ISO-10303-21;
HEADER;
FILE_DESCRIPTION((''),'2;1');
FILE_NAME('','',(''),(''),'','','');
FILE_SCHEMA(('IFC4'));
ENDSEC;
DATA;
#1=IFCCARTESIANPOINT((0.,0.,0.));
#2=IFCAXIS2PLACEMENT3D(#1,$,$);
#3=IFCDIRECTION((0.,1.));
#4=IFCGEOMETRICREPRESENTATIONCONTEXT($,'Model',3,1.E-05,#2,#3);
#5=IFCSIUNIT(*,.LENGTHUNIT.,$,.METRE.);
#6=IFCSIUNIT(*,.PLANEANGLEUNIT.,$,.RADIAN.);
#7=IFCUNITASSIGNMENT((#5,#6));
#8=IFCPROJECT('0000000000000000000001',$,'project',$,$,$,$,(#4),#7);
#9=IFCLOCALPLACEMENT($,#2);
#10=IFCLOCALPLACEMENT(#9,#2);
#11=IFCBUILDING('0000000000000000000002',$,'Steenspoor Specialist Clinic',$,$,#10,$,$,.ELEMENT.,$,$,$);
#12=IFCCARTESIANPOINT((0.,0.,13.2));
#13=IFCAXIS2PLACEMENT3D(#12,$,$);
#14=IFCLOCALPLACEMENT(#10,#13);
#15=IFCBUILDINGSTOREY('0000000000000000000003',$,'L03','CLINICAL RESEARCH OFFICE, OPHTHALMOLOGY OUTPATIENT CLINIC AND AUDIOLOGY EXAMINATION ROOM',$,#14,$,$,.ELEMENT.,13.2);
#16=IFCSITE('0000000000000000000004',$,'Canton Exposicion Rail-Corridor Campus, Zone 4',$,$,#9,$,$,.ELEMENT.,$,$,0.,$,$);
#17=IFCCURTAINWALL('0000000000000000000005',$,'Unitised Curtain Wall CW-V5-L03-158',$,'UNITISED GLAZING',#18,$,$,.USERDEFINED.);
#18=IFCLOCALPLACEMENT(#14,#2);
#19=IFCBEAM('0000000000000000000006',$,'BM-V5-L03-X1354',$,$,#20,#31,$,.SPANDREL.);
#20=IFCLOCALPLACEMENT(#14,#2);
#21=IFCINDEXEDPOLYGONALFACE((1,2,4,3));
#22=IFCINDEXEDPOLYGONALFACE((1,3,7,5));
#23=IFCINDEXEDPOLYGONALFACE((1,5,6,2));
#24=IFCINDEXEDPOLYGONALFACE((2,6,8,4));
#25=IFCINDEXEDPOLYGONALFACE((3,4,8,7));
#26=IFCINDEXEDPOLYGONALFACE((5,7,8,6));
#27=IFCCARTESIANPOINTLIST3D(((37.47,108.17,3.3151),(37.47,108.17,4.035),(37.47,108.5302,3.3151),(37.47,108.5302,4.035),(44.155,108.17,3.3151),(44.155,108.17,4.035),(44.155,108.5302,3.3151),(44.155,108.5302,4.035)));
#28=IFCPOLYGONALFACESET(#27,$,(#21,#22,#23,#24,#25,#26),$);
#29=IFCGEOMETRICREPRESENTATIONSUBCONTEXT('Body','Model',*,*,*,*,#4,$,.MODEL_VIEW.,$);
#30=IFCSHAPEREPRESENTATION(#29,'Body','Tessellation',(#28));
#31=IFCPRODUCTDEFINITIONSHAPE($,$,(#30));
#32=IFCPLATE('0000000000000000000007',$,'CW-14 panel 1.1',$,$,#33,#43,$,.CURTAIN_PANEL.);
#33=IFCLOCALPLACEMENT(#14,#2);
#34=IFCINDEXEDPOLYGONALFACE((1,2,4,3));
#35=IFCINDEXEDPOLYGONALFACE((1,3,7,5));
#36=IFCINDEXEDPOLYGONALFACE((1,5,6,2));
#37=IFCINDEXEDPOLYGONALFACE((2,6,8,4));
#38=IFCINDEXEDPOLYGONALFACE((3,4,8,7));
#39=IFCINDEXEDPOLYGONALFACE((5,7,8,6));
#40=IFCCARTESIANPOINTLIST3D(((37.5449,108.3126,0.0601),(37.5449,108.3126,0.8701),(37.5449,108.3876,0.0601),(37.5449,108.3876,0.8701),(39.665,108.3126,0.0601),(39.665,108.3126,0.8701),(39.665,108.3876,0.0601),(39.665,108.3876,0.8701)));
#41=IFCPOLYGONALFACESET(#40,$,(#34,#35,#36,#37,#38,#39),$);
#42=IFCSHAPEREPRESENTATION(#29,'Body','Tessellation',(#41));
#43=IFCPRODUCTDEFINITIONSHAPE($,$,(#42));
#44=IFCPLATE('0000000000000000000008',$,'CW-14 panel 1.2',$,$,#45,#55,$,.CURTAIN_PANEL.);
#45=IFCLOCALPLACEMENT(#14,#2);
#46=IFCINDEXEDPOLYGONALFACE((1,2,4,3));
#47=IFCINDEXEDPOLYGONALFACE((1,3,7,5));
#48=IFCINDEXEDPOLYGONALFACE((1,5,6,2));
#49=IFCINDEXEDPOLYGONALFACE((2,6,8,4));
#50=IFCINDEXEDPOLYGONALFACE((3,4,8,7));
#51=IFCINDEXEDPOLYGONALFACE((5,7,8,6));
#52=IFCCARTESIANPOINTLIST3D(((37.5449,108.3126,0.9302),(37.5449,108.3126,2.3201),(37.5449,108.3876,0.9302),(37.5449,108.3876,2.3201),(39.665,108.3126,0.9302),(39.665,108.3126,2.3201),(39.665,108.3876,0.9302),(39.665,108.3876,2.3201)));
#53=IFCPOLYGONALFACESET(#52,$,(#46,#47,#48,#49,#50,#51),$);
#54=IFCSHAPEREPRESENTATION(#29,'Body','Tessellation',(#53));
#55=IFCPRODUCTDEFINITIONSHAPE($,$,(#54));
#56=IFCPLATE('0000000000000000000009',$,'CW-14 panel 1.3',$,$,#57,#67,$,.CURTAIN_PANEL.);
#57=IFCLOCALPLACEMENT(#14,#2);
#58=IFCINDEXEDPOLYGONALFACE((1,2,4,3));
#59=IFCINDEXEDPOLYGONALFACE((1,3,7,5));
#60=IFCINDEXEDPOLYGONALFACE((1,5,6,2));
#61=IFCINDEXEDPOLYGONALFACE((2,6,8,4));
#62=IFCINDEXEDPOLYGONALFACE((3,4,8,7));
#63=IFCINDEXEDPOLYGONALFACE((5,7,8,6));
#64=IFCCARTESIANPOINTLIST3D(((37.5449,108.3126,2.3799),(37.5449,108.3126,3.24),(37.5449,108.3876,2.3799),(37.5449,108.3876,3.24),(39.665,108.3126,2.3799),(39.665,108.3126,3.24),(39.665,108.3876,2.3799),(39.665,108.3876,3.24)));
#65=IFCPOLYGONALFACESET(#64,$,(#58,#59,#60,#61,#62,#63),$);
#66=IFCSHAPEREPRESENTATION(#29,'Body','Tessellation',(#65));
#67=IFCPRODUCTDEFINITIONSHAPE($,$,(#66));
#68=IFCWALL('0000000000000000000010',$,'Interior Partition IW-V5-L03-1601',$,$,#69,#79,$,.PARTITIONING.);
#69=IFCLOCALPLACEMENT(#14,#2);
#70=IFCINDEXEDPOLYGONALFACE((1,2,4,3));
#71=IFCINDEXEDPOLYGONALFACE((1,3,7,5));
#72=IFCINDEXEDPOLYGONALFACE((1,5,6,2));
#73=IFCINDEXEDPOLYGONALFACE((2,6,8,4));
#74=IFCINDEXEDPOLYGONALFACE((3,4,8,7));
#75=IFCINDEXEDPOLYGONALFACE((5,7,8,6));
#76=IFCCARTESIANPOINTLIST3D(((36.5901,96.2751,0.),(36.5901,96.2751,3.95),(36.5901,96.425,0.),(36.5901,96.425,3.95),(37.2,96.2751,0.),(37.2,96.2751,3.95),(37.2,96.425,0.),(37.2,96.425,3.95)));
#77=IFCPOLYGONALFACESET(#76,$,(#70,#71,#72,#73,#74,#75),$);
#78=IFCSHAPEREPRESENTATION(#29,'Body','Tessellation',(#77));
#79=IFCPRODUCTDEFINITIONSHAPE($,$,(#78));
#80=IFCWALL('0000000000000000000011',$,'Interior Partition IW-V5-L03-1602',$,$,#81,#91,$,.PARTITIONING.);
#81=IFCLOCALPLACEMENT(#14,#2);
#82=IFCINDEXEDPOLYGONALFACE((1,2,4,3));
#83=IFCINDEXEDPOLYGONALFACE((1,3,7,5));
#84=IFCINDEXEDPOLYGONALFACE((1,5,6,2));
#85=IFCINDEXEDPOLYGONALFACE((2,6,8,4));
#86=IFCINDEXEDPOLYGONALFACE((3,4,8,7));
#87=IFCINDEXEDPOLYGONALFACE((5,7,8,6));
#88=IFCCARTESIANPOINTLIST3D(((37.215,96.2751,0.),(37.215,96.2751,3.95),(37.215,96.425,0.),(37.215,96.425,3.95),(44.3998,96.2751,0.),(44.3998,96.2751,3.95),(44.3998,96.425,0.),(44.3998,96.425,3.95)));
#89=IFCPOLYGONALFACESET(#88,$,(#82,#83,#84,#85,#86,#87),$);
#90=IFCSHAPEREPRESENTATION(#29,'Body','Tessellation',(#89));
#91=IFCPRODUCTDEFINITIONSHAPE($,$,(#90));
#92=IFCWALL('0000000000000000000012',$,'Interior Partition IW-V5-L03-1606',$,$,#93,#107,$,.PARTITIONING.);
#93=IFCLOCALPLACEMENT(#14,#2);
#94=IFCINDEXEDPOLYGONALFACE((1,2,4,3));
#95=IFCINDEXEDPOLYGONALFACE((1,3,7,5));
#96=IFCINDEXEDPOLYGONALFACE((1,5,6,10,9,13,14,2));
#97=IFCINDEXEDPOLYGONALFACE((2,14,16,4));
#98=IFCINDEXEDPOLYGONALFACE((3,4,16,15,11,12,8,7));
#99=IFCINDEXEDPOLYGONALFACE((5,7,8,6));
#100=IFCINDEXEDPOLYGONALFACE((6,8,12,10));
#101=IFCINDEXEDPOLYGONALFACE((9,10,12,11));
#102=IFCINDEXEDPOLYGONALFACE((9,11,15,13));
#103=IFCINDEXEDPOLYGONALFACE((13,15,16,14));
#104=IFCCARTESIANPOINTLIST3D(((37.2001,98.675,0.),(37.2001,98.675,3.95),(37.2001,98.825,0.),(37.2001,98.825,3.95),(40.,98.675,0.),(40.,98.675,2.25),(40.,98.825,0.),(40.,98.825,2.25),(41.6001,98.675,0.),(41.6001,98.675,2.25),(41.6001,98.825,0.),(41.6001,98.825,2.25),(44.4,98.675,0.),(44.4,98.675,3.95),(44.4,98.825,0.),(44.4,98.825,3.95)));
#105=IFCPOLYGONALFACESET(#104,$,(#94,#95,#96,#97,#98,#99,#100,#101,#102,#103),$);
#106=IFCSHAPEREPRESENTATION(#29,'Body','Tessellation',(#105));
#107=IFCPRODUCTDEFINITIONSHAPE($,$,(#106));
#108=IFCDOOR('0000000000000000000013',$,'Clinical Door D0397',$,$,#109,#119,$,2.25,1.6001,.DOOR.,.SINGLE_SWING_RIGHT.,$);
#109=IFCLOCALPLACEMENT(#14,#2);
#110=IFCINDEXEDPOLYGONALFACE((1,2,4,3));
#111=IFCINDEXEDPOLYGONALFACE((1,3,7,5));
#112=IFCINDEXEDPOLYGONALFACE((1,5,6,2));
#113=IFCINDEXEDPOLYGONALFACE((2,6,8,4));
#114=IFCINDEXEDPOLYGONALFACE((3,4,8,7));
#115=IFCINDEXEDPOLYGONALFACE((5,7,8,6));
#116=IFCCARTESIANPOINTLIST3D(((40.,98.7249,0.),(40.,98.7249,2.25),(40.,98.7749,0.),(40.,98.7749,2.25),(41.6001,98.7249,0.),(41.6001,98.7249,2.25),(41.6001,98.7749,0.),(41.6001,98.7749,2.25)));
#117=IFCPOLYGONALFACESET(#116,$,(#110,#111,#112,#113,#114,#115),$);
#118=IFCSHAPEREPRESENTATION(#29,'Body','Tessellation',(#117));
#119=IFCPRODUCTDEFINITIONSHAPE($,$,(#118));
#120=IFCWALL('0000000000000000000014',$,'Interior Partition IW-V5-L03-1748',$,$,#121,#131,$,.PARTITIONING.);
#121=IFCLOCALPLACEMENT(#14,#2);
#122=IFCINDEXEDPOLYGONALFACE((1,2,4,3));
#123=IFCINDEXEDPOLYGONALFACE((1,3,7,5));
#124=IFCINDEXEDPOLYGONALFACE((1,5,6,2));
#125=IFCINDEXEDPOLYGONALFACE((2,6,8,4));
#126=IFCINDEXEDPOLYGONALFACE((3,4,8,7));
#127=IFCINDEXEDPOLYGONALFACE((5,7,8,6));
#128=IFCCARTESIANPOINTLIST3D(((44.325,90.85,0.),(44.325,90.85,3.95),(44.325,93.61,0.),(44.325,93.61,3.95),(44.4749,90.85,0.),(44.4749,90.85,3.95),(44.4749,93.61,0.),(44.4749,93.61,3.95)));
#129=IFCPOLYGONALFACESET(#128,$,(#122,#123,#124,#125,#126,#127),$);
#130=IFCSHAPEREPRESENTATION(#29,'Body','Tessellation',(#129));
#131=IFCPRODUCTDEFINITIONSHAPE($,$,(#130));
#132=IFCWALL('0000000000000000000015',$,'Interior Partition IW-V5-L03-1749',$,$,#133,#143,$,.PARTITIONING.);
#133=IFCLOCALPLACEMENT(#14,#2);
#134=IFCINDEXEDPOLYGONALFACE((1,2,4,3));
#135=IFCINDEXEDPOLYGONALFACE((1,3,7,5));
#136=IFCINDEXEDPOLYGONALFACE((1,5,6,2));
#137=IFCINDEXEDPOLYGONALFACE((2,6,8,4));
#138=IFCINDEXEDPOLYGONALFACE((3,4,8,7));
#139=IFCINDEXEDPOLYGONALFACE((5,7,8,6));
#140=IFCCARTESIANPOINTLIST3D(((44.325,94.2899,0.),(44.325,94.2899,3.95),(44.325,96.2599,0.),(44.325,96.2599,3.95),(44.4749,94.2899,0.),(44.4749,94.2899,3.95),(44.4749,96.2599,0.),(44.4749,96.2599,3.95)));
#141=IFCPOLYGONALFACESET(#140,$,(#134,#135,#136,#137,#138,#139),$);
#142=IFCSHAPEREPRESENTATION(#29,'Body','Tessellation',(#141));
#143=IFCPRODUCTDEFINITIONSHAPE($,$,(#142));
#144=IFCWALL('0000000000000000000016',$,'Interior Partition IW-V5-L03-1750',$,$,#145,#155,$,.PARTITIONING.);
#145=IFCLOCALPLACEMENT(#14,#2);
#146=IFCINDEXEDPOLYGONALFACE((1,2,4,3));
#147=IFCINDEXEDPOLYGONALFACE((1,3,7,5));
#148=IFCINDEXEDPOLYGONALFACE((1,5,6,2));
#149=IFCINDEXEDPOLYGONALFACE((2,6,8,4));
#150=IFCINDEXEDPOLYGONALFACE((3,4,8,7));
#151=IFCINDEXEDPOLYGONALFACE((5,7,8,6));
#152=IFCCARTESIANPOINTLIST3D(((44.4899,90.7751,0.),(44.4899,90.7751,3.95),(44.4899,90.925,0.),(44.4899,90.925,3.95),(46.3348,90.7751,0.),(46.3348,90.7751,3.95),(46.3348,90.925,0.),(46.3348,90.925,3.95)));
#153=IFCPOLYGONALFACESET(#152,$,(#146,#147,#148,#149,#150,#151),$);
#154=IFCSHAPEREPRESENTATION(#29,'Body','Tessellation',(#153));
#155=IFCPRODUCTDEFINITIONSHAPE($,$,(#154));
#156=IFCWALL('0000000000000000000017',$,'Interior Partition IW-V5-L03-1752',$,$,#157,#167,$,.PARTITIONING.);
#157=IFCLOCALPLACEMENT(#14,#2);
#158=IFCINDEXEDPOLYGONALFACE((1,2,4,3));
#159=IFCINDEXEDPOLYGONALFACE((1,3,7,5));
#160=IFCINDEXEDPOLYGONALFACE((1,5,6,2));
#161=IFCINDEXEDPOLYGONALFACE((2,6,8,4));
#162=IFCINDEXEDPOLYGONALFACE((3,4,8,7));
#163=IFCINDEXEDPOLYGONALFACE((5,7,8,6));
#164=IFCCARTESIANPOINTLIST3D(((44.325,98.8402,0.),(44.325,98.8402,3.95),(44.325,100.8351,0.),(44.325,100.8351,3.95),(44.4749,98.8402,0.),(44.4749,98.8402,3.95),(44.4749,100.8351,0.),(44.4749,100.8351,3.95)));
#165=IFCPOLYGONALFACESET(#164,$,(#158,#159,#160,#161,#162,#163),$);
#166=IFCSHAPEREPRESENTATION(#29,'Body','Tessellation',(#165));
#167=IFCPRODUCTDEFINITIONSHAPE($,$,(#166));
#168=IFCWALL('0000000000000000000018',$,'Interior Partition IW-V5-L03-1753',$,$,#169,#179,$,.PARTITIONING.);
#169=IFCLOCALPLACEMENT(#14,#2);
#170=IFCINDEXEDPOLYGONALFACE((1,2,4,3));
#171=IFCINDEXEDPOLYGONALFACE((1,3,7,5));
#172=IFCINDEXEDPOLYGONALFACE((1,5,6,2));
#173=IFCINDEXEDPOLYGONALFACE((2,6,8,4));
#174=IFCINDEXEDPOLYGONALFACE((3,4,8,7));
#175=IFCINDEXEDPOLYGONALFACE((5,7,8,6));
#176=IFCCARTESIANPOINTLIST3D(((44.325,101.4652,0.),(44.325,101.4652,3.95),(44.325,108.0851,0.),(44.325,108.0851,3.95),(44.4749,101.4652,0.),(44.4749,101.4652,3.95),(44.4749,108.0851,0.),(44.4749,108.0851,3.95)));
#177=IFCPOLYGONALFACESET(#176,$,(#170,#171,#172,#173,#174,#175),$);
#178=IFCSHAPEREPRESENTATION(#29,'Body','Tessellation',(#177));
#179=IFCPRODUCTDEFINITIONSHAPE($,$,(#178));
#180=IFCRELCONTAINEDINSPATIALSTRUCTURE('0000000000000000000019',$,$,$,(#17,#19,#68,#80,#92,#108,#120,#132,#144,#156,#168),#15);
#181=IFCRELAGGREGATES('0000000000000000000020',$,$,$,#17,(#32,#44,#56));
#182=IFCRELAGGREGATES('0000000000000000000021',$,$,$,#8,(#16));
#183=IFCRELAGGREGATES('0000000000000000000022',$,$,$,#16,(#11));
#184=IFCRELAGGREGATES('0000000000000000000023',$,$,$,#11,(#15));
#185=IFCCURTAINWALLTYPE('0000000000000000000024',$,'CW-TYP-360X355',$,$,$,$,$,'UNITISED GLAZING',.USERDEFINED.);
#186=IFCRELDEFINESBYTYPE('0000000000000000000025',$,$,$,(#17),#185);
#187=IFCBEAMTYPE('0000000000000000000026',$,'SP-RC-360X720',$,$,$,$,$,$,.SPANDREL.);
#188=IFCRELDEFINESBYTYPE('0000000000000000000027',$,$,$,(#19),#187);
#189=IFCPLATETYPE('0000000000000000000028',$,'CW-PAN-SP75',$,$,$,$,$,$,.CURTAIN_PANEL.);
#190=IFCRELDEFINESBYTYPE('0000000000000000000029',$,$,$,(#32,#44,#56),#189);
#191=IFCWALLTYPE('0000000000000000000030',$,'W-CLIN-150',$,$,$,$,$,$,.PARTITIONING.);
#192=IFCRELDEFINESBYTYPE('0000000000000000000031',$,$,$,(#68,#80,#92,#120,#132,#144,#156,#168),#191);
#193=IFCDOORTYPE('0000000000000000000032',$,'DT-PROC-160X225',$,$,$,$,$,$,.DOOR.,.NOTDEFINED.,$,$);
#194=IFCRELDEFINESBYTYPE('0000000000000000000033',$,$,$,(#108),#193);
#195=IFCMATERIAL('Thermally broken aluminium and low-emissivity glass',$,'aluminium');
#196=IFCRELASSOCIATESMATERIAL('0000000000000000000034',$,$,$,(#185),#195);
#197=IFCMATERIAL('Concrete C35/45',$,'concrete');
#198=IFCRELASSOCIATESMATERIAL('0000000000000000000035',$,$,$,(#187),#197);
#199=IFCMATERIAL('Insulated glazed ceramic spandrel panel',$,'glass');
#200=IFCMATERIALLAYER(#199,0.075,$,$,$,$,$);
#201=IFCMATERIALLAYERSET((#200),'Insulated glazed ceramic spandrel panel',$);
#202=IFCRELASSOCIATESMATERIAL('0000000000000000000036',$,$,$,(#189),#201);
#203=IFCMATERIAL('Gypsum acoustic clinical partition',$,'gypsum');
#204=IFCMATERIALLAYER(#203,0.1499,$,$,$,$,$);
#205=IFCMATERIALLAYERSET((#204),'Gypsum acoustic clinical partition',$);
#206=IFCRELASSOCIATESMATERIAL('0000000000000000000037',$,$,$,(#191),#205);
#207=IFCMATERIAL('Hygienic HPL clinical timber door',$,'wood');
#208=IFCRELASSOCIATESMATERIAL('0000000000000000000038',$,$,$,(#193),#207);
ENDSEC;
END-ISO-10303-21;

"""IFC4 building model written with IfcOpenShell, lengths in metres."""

from ifc_helpers import new_model, si_unit, direction, frame, frame_2d, origin, origin_2d, place, context, subcontext, project, spatial, rectangle, extrude, material, layer, layer_set, material_profile, profile_set, type_object, element, fill, aggregate, save


model = new_model("IFC4")

# Units and contexts
model_context = context("Model", 3, precision=1e-05, world=origin(), true_north=direction((0.0, 1.0)))
body_context = subcontext(model_context, "Body", "Model", "MODEL_VIEW")
ifc_project = project(units=[si_unit("LENGTHUNIT", "METRE"), si_unit("PLANEANGLEUNIT", "RADIAN")], contexts=[model_context])

# Site, building, storey
site_placement = place(None, origin())
site = spatial("IfcSite", under=ifc_project, at=site_placement, Name="Canton Exposicion Rail-Corridor Campus, Zone 4", CompositionType="ELEMENT", RefElevation=0.0)
building_placement = place(site_placement, origin())
building = spatial("IfcBuilding", under=site, at=building_placement, Name="Steenspoor Specialist Clinic", CompositionType="ELEMENT")
storey_placement = place(building_placement, frame((0.0, 0.0, 13.2)))
storey = spatial("IfcBuildingStorey", under=building, at=storey_placement, Name="L03", Description="CLINICAL RESEARCH OFFICE, OPHTHALMOLOGY OUTPATIENT CLINIC AND AUDIOLOGY EXAMINATION ROOM", CompositionType="ELEMENT", Elevation=13.2)

# Shared definitions
ifc_material_1 = material(Name="Concrete C35/45", Category="concrete")

# Curtain wall
ifc_material_2 = material(Name="Thermally broken aluminium and low-emissivity glass", Category="aluminium")
curtain_wall_type = type_object("IfcCurtainWallType", Name="CW-TYP-360X355", ElementType="UNITISED GLAZING", PredefinedType="USERDEFINED", material=ifc_material_2)
curtain_wall_placement = place(storey_placement, origin())
curtain_wall = element("IfcCurtainWall", 1, at=curtain_wall_placement, inside=storey, type_object=curtain_wall_type, Name="Unitised Curtain Wall CW-V5-L03-158", ObjectType="UNITISED GLAZING", PredefinedType="USERDEFINED")

# Beam
ifc_material_profile_1 = material_profile(ifc_material_1, rectangle(XDim=0.3601, YDim=0.72, at=origin_2d()), Name="RC-SP-360X720")
ifc_profile_set_1 = profile_set([ifc_material_profile_1], Name="Concrete C35/45")
beam_type_1 = type_object("IfcBeamType", Name="SP-RC-360X720", PredefinedType="SPANDREL", material=ifc_profile_set_1)
beam_1_placement = place(storey_placement, frame((37.47, 108.3501, 3.675), z_axis=(1.0, 0.0, 0.0), x_axis=(0.0, 1.0, 0.0)))
element("IfcBeam", 2, at=beam_1_placement, inside=storey, type_object=beam_type_1, Name="BM-V5-L03-X1354", PredefinedType="SPANDREL", context=body_context, shape_type="SweptSolid", body=[
    extrude(rectangle(XDim=0.3601, YDim=0.72, at=origin_2d()), origin(), (0.0, 0.0, 1.0), 6.6851),
])

# Plates
ifc_material_3 = material(Name="Insulated glazed ceramic spandrel panel", Category="glass")
ifc_layer_1 = layer(ifc_material_3, 0.075)
ifc_layer_set_1 = layer_set([ifc_layer_1], Name="Insulated glazed ceramic spandrel panel")
plate_type = type_object("IfcPlateType", Name="CW-PAN-SP75", PredefinedType="CURTAIN_PANEL", material=ifc_layer_set_1)
plate_1_placement = place(storey_placement, frame((38.605, 108.3501, 0.0601), z_axis=(0.0, 0.0, 1.0), x_axis=(1.0, 0.0, 0.0)))
plate_1 = element("IfcPlate", 3, at=plate_1_placement, type_object=plate_type, Name="CW-14 panel 1.1", PredefinedType="CURTAIN_PANEL", context=body_context, shape_type="SweptSolid", body=[
    extrude(rectangle(XDim=2.1201, YDim=0.075, at=origin_2d()), origin(), (0.0, 0.0, 1.0), 0.8101),
])
plate_2_placement = place(storey_placement, frame((38.605, 108.3501, 0.9302), z_axis=(0.0, 0.0, 1.0), x_axis=(1.0, 0.0, 0.0)))
plate_2 = element("IfcPlate", 4, at=plate_2_placement, type_object=plate_type, Name="CW-14 panel 1.2", PredefinedType="CURTAIN_PANEL", context=body_context, shape_type="SweptSolid", body=[
    extrude(rectangle(XDim=2.1201, YDim=0.075, at=origin_2d()), origin(), (0.0, 0.0, 1.0), 1.3899),
])
plate_3_placement = place(storey_placement, frame((38.605, 108.3501, 2.3799), z_axis=(0.0, 0.0, 1.0), x_axis=(1.0, 0.0, 0.0)))
plate_3 = element("IfcPlate", 5, at=plate_3_placement, type_object=plate_type, Name="CW-14 panel 1.3", PredefinedType="CURTAIN_PANEL", context=body_context, shape_type="SweptSolid", body=[
    extrude(rectangle(XDim=2.1201, YDim=0.075, at=origin_2d()), origin(), (0.0, 0.0, 1.0), 0.8601),
])
aggregate(curtain_wall, [plate_1, plate_2, plate_3])

# Walls
ifc_material_4 = material(Name="Gypsum acoustic clinical partition", Category="gypsum")
ifc_layer_2 = layer(ifc_material_4, 0.1499)
ifc_layer_set_2 = layer_set([ifc_layer_2], Name="Gypsum acoustic clinical partition")
wall_type_1 = type_object("IfcWallType", Name="W-CLIN-150", PredefinedType="PARTITIONING", material=ifc_layer_set_2)
wall_1_placement = place(storey_placement, frame((36.5901, 96.3501, 0.0), z_axis=(0.0, 0.0, 1.0), x_axis=(1.0, 0.0, 0.0)))
element("IfcWall", 6, at=wall_1_placement, inside=storey, type_object=wall_type_1, Name="Interior Partition IW-V5-L03-1601", PredefinedType="PARTITIONING", context=body_context, shape_type="SweptSolid", body=[
    extrude(rectangle(XDim=0.6099, YDim=0.1499, at=frame_2d((0.3049, 0.0))), origin(), (0.0, 0.0, 1.0), 3.95),
])
wall_2_placement = place(storey_placement, frame((37.2151, 96.3501, 0.0), z_axis=(0.0, 0.0, 1.0), x_axis=(1.0, 0.0, 0.0)))
element("IfcWall", 7, at=wall_2_placement, inside=storey, type_object=wall_type_1, Name="Interior Partition IW-V5-L03-1602", PredefinedType="PARTITIONING", context=body_context, shape_type="SweptSolid", body=[
    extrude(rectangle(XDim=7.1848, YDim=0.1499, at=frame_2d((3.5923, 0.0))), origin(), (0.0, 0.0, 1.0), 3.95),
])

# Wall, opening, door
wall_3_placement = place(storey_placement, frame((37.2, 98.75, 0.0), z_axis=(0.0, 0.0, 1.0), x_axis=(1.0, 0.0, 0.0)))
wall_3 = element("IfcWall", 8, at=wall_3_placement, inside=storey, type_object=wall_type_1, Name="Interior Partition IW-V5-L03-1606", PredefinedType="PARTITIONING", context=body_context, shape_type="SweptSolid", body=[
    extrude(rectangle(XDim=7.2, YDim=0.1499, at=frame_2d((3.6001, 0.0))), origin(), (0.0, 0.0, 1.0), 3.95),
])
opening_1_placement = place(wall_3_placement, frame((2.8, 0.0, 0.0)))
opening_1 = element("IfcOpeningElement", 9, at=opening_1_placement, cuts=wall_3, PredefinedType="OPENING", context=body_context, shape_type="SweptSolid", body=[
    extrude(rectangle(XDim=1.6001, YDim=2.25, at=frame_2d((0.8, 1.125))), frame((0.0, 0.085, 0.0), z_axis=(0.0, -1.0, 0.0), x_axis=(1.0, 0.0, 0.0)), (0.0, 0.0, 1.0), 0.1699),
])
ifc_material_5 = material(Name="Hygienic HPL clinical timber door", Category="wood")
door_type_1 = type_object("IfcDoorType", Name="DT-PROC-160X225", OperationType="NOTDEFINED", PredefinedType="DOOR", material=ifc_material_5)
door_1_placement = place(opening_1_placement, origin())
door_1 = element("IfcDoor", 10, at=door_1_placement, inside=storey, type_object=door_type_1, Name="Clinical Door D0397", OperationType="SINGLE_SWING_RIGHT", OverallHeight=2.25, OverallWidth=1.6001, PredefinedType="DOOR", context=body_context, shape_type="SweptSolid", body=[
    extrude(rectangle(XDim=1.6001, YDim=2.25, at=frame_2d((0.8, 1.125))), frame((0.0, 0.0249, 0.0), z_axis=(0.0, -1.0, 0.0), x_axis=(1.0, 0.0, 0.0)), (0.0, 0.0, 1.0), 0.05),
])
fill(opening_1, door_1)

# Walls
wall_4_placement = place(storey_placement, frame((44.3999, 90.8501, 0.0), z_axis=(0.0, 0.0, 1.0), x_axis=(0.0, 1.0, 0.0)))
element("IfcWall", 11, at=wall_4_placement, inside=storey, type_object=wall_type_1, Name="Interior Partition IW-V5-L03-1748", PredefinedType="PARTITIONING", context=body_context, shape_type="SweptSolid", body=[
    extrude(rectangle(XDim=2.76, YDim=0.1499, at=frame_2d((1.3799, 0.0))), origin(), (0.0, 0.0, 1.0), 3.95),
])
wall_5_placement = place(storey_placement, frame((44.3999, 94.29, 0.0), z_axis=(0.0, 0.0, 1.0), x_axis=(0.0, 1.0, 0.0)))
element("IfcWall", 12, at=wall_5_placement, inside=storey, type_object=wall_type_1, Name="Interior Partition IW-V5-L03-1749", PredefinedType="PARTITIONING", context=body_context, shape_type="SweptSolid", body=[
    extrude(rectangle(XDim=1.97, YDim=0.1499, at=frame_2d((0.9849, 0.0))), origin(), (0.0, 0.0, 1.0), 3.95),
])
wall_6_placement = place(storey_placement, frame((44.49, 90.8501, 0.0), z_axis=(0.0, 0.0, 1.0), x_axis=(1.0, 0.0, 0.0)))
element("IfcWall", 13, at=wall_6_placement, inside=storey, type_object=wall_type_1, Name="Interior Partition IW-V5-L03-1750", PredefinedType="PARTITIONING", context=body_context, shape_type="SweptSolid", body=[
    extrude(rectangle(XDim=1.845, YDim=0.1499, at=frame_2d((0.9224, 0.0))), origin(), (0.0, 0.0, 1.0), 3.95),
])
wall_7_placement = place(storey_placement, frame((44.3999, 98.8401, 0.0), z_axis=(0.0, 0.0, 1.0), x_axis=(0.0, 1.0, 0.0)))
element("IfcWall", 14, at=wall_7_placement, inside=storey, type_object=wall_type_1, Name="Interior Partition IW-V5-L03-1752", PredefinedType="PARTITIONING", context=body_context, shape_type="SweptSolid", body=[
    extrude(rectangle(XDim=1.9949, YDim=0.1499, at=frame_2d((0.9976, 0.0))), origin(), (0.0, 0.0, 1.0), 3.95),
])
wall_8_placement = place(storey_placement, frame((44.3999, 101.4651, 0.0), z_axis=(0.0, 0.0, 1.0), x_axis=(0.0, 1.0, 0.0)))
element("IfcWall", 15, at=wall_8_placement, inside=storey, type_object=wall_type_1, Name="Interior Partition IW-V5-L03-1753", PredefinedType="PARTITIONING", context=body_context, shape_type="SweptSolid", body=[
    extrude(rectangle(XDim=6.6199, YDim=0.1499, at=frame_2d((3.3101, 0.0))), origin(), (0.0, 0.0, 1.0), 3.95),
])

save(model, "model.ifc")
